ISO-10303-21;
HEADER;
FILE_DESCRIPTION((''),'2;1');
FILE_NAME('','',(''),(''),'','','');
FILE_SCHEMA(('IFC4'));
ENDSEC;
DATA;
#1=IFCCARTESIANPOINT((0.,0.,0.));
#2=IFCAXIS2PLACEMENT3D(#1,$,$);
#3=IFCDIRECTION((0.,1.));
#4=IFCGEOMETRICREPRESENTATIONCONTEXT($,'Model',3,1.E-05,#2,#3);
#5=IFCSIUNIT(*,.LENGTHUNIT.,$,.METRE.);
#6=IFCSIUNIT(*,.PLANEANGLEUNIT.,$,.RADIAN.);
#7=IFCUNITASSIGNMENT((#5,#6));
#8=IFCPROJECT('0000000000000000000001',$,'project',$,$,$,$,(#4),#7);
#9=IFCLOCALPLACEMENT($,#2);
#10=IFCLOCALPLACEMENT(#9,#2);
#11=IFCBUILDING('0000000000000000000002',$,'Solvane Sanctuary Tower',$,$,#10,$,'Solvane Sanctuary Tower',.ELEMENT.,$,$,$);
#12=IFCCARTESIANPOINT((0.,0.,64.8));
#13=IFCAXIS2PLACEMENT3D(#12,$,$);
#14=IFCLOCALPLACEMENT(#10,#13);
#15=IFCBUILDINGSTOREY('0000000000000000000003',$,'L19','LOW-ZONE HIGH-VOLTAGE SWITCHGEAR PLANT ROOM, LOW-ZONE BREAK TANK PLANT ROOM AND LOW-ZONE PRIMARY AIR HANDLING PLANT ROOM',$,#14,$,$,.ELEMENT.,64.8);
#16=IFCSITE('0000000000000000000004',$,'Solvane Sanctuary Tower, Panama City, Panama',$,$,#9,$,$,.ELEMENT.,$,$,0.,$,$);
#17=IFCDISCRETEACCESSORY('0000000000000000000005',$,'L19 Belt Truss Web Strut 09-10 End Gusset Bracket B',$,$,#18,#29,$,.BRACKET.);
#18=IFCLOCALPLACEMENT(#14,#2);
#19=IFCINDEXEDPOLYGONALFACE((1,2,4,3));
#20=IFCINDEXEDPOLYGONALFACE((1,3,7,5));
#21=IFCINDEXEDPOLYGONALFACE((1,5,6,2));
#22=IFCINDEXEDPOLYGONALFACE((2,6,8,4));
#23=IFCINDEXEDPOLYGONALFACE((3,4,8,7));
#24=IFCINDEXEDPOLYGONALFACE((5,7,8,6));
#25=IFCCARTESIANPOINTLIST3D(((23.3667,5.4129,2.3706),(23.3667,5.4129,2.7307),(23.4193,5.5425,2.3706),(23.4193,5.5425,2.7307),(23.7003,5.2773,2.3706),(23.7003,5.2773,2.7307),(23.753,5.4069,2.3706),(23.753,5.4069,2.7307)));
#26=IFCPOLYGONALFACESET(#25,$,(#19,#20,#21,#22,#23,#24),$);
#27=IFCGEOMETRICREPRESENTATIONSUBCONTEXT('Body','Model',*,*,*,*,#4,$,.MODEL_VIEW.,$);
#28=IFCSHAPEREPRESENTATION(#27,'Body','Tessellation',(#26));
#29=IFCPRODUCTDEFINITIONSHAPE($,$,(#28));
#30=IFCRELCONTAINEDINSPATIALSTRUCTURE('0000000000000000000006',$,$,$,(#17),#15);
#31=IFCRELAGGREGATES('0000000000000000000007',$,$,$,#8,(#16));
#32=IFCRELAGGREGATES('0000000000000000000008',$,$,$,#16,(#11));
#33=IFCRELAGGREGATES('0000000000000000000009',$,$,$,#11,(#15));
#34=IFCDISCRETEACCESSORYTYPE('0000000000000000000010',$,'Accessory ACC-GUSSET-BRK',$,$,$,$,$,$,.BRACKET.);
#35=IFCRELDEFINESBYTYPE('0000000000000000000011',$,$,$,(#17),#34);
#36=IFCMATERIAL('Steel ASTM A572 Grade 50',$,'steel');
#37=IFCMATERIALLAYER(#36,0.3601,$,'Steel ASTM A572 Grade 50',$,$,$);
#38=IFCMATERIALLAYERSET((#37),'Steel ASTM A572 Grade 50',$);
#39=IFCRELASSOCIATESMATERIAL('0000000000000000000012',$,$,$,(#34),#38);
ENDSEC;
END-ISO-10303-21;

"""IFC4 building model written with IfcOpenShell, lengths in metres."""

from ifc_helpers import new_model, si_unit, direction, frame, origin, origin_2d, place, context, subcontext, project, spatial, rectangle, extrude, material, layer, layer_set, type_object, element, save


model = new_model("IFC4")

# Units and contexts
model_context = context("Model", 3, precision=1e-05, world=origin(), true_north=direction((0.0, 1.0)))
body_context = subcontext(model_context, "Body", "Model", "MODEL_VIEW")
ifc_project = project(units=[si_unit("LENGTHUNIT", "METRE"), si_unit("PLANEANGLEUNIT", "RADIAN")], contexts=[model_context])

# Site, building, storey
site_placement = place(None, origin())
site = spatial("IfcSite", under=ifc_project, at=site_placement, Name="Solvane Sanctuary Tower, Panama City, Panama", CompositionType="ELEMENT", RefElevation=0.0)
building_placement = place(site_placement, origin())
building = spatial("IfcBuilding", under=site, at=building_placement, Name="Solvane Sanctuary Tower", LongName="Solvane Sanctuary Tower", CompositionType="ELEMENT")
storey_placement = place(building_placement, frame((0.0, 0.0, 64.8)))
storey = spatial("IfcBuildingStorey", under=building, at=storey_placement, Name="L19", Description="LOW-ZONE HIGH-VOLTAGE SWITCHGEAR PLANT ROOM, LOW-ZONE BREAK TANK PLANT ROOM AND LOW-ZONE PRIMARY AIR HANDLING PLANT ROOM", CompositionType="ELEMENT", Elevation=64.8)

# Shared definitions
ifc_material_1 = material(Name="Steel ASTM A572 Grade 50", Category="steel")

# Discrete accessory
ifc_layer_1 = layer(ifc_material_1, 0.3601, Name="Steel ASTM A572 Grade 50")
ifc_layer_set_1 = layer_set([ifc_layer_1], Name="Steel ASTM A572 Grade 50")
discrete_accessory_type = type_object("IfcDiscreteAccessoryType", Name="Accessory ACC-GUSSET-BRK", PredefinedType="BRACKET", material=ifc_layer_set_1)
for number, where, z_axis, x_axis, name in (
    (1, (23.5598, 5.4099, 2.3706), (0.0, 0.0, 1.0), (0.926463, -0.376386, 0.0), "L19 Belt Truss Web Strut 09-10 End Gusset Bracket B"),
):
    element("IfcDiscreteAccessory", number, at=place(storey_placement, frame(where, z_axis=z_axis, x_axis=x_axis)), inside=storey, type_object=discrete_accessory_type, Name=name, PredefinedType="BRACKET", context=body_context, shape_type="SweptSolid", body=[
        extrude(rectangle(XDim=0.3601, YDim=0.1399, at=origin_2d()), origin(), (0.0, 0.0, 1.0), 0.3601),
    ])

save(model, "model.ifc")
